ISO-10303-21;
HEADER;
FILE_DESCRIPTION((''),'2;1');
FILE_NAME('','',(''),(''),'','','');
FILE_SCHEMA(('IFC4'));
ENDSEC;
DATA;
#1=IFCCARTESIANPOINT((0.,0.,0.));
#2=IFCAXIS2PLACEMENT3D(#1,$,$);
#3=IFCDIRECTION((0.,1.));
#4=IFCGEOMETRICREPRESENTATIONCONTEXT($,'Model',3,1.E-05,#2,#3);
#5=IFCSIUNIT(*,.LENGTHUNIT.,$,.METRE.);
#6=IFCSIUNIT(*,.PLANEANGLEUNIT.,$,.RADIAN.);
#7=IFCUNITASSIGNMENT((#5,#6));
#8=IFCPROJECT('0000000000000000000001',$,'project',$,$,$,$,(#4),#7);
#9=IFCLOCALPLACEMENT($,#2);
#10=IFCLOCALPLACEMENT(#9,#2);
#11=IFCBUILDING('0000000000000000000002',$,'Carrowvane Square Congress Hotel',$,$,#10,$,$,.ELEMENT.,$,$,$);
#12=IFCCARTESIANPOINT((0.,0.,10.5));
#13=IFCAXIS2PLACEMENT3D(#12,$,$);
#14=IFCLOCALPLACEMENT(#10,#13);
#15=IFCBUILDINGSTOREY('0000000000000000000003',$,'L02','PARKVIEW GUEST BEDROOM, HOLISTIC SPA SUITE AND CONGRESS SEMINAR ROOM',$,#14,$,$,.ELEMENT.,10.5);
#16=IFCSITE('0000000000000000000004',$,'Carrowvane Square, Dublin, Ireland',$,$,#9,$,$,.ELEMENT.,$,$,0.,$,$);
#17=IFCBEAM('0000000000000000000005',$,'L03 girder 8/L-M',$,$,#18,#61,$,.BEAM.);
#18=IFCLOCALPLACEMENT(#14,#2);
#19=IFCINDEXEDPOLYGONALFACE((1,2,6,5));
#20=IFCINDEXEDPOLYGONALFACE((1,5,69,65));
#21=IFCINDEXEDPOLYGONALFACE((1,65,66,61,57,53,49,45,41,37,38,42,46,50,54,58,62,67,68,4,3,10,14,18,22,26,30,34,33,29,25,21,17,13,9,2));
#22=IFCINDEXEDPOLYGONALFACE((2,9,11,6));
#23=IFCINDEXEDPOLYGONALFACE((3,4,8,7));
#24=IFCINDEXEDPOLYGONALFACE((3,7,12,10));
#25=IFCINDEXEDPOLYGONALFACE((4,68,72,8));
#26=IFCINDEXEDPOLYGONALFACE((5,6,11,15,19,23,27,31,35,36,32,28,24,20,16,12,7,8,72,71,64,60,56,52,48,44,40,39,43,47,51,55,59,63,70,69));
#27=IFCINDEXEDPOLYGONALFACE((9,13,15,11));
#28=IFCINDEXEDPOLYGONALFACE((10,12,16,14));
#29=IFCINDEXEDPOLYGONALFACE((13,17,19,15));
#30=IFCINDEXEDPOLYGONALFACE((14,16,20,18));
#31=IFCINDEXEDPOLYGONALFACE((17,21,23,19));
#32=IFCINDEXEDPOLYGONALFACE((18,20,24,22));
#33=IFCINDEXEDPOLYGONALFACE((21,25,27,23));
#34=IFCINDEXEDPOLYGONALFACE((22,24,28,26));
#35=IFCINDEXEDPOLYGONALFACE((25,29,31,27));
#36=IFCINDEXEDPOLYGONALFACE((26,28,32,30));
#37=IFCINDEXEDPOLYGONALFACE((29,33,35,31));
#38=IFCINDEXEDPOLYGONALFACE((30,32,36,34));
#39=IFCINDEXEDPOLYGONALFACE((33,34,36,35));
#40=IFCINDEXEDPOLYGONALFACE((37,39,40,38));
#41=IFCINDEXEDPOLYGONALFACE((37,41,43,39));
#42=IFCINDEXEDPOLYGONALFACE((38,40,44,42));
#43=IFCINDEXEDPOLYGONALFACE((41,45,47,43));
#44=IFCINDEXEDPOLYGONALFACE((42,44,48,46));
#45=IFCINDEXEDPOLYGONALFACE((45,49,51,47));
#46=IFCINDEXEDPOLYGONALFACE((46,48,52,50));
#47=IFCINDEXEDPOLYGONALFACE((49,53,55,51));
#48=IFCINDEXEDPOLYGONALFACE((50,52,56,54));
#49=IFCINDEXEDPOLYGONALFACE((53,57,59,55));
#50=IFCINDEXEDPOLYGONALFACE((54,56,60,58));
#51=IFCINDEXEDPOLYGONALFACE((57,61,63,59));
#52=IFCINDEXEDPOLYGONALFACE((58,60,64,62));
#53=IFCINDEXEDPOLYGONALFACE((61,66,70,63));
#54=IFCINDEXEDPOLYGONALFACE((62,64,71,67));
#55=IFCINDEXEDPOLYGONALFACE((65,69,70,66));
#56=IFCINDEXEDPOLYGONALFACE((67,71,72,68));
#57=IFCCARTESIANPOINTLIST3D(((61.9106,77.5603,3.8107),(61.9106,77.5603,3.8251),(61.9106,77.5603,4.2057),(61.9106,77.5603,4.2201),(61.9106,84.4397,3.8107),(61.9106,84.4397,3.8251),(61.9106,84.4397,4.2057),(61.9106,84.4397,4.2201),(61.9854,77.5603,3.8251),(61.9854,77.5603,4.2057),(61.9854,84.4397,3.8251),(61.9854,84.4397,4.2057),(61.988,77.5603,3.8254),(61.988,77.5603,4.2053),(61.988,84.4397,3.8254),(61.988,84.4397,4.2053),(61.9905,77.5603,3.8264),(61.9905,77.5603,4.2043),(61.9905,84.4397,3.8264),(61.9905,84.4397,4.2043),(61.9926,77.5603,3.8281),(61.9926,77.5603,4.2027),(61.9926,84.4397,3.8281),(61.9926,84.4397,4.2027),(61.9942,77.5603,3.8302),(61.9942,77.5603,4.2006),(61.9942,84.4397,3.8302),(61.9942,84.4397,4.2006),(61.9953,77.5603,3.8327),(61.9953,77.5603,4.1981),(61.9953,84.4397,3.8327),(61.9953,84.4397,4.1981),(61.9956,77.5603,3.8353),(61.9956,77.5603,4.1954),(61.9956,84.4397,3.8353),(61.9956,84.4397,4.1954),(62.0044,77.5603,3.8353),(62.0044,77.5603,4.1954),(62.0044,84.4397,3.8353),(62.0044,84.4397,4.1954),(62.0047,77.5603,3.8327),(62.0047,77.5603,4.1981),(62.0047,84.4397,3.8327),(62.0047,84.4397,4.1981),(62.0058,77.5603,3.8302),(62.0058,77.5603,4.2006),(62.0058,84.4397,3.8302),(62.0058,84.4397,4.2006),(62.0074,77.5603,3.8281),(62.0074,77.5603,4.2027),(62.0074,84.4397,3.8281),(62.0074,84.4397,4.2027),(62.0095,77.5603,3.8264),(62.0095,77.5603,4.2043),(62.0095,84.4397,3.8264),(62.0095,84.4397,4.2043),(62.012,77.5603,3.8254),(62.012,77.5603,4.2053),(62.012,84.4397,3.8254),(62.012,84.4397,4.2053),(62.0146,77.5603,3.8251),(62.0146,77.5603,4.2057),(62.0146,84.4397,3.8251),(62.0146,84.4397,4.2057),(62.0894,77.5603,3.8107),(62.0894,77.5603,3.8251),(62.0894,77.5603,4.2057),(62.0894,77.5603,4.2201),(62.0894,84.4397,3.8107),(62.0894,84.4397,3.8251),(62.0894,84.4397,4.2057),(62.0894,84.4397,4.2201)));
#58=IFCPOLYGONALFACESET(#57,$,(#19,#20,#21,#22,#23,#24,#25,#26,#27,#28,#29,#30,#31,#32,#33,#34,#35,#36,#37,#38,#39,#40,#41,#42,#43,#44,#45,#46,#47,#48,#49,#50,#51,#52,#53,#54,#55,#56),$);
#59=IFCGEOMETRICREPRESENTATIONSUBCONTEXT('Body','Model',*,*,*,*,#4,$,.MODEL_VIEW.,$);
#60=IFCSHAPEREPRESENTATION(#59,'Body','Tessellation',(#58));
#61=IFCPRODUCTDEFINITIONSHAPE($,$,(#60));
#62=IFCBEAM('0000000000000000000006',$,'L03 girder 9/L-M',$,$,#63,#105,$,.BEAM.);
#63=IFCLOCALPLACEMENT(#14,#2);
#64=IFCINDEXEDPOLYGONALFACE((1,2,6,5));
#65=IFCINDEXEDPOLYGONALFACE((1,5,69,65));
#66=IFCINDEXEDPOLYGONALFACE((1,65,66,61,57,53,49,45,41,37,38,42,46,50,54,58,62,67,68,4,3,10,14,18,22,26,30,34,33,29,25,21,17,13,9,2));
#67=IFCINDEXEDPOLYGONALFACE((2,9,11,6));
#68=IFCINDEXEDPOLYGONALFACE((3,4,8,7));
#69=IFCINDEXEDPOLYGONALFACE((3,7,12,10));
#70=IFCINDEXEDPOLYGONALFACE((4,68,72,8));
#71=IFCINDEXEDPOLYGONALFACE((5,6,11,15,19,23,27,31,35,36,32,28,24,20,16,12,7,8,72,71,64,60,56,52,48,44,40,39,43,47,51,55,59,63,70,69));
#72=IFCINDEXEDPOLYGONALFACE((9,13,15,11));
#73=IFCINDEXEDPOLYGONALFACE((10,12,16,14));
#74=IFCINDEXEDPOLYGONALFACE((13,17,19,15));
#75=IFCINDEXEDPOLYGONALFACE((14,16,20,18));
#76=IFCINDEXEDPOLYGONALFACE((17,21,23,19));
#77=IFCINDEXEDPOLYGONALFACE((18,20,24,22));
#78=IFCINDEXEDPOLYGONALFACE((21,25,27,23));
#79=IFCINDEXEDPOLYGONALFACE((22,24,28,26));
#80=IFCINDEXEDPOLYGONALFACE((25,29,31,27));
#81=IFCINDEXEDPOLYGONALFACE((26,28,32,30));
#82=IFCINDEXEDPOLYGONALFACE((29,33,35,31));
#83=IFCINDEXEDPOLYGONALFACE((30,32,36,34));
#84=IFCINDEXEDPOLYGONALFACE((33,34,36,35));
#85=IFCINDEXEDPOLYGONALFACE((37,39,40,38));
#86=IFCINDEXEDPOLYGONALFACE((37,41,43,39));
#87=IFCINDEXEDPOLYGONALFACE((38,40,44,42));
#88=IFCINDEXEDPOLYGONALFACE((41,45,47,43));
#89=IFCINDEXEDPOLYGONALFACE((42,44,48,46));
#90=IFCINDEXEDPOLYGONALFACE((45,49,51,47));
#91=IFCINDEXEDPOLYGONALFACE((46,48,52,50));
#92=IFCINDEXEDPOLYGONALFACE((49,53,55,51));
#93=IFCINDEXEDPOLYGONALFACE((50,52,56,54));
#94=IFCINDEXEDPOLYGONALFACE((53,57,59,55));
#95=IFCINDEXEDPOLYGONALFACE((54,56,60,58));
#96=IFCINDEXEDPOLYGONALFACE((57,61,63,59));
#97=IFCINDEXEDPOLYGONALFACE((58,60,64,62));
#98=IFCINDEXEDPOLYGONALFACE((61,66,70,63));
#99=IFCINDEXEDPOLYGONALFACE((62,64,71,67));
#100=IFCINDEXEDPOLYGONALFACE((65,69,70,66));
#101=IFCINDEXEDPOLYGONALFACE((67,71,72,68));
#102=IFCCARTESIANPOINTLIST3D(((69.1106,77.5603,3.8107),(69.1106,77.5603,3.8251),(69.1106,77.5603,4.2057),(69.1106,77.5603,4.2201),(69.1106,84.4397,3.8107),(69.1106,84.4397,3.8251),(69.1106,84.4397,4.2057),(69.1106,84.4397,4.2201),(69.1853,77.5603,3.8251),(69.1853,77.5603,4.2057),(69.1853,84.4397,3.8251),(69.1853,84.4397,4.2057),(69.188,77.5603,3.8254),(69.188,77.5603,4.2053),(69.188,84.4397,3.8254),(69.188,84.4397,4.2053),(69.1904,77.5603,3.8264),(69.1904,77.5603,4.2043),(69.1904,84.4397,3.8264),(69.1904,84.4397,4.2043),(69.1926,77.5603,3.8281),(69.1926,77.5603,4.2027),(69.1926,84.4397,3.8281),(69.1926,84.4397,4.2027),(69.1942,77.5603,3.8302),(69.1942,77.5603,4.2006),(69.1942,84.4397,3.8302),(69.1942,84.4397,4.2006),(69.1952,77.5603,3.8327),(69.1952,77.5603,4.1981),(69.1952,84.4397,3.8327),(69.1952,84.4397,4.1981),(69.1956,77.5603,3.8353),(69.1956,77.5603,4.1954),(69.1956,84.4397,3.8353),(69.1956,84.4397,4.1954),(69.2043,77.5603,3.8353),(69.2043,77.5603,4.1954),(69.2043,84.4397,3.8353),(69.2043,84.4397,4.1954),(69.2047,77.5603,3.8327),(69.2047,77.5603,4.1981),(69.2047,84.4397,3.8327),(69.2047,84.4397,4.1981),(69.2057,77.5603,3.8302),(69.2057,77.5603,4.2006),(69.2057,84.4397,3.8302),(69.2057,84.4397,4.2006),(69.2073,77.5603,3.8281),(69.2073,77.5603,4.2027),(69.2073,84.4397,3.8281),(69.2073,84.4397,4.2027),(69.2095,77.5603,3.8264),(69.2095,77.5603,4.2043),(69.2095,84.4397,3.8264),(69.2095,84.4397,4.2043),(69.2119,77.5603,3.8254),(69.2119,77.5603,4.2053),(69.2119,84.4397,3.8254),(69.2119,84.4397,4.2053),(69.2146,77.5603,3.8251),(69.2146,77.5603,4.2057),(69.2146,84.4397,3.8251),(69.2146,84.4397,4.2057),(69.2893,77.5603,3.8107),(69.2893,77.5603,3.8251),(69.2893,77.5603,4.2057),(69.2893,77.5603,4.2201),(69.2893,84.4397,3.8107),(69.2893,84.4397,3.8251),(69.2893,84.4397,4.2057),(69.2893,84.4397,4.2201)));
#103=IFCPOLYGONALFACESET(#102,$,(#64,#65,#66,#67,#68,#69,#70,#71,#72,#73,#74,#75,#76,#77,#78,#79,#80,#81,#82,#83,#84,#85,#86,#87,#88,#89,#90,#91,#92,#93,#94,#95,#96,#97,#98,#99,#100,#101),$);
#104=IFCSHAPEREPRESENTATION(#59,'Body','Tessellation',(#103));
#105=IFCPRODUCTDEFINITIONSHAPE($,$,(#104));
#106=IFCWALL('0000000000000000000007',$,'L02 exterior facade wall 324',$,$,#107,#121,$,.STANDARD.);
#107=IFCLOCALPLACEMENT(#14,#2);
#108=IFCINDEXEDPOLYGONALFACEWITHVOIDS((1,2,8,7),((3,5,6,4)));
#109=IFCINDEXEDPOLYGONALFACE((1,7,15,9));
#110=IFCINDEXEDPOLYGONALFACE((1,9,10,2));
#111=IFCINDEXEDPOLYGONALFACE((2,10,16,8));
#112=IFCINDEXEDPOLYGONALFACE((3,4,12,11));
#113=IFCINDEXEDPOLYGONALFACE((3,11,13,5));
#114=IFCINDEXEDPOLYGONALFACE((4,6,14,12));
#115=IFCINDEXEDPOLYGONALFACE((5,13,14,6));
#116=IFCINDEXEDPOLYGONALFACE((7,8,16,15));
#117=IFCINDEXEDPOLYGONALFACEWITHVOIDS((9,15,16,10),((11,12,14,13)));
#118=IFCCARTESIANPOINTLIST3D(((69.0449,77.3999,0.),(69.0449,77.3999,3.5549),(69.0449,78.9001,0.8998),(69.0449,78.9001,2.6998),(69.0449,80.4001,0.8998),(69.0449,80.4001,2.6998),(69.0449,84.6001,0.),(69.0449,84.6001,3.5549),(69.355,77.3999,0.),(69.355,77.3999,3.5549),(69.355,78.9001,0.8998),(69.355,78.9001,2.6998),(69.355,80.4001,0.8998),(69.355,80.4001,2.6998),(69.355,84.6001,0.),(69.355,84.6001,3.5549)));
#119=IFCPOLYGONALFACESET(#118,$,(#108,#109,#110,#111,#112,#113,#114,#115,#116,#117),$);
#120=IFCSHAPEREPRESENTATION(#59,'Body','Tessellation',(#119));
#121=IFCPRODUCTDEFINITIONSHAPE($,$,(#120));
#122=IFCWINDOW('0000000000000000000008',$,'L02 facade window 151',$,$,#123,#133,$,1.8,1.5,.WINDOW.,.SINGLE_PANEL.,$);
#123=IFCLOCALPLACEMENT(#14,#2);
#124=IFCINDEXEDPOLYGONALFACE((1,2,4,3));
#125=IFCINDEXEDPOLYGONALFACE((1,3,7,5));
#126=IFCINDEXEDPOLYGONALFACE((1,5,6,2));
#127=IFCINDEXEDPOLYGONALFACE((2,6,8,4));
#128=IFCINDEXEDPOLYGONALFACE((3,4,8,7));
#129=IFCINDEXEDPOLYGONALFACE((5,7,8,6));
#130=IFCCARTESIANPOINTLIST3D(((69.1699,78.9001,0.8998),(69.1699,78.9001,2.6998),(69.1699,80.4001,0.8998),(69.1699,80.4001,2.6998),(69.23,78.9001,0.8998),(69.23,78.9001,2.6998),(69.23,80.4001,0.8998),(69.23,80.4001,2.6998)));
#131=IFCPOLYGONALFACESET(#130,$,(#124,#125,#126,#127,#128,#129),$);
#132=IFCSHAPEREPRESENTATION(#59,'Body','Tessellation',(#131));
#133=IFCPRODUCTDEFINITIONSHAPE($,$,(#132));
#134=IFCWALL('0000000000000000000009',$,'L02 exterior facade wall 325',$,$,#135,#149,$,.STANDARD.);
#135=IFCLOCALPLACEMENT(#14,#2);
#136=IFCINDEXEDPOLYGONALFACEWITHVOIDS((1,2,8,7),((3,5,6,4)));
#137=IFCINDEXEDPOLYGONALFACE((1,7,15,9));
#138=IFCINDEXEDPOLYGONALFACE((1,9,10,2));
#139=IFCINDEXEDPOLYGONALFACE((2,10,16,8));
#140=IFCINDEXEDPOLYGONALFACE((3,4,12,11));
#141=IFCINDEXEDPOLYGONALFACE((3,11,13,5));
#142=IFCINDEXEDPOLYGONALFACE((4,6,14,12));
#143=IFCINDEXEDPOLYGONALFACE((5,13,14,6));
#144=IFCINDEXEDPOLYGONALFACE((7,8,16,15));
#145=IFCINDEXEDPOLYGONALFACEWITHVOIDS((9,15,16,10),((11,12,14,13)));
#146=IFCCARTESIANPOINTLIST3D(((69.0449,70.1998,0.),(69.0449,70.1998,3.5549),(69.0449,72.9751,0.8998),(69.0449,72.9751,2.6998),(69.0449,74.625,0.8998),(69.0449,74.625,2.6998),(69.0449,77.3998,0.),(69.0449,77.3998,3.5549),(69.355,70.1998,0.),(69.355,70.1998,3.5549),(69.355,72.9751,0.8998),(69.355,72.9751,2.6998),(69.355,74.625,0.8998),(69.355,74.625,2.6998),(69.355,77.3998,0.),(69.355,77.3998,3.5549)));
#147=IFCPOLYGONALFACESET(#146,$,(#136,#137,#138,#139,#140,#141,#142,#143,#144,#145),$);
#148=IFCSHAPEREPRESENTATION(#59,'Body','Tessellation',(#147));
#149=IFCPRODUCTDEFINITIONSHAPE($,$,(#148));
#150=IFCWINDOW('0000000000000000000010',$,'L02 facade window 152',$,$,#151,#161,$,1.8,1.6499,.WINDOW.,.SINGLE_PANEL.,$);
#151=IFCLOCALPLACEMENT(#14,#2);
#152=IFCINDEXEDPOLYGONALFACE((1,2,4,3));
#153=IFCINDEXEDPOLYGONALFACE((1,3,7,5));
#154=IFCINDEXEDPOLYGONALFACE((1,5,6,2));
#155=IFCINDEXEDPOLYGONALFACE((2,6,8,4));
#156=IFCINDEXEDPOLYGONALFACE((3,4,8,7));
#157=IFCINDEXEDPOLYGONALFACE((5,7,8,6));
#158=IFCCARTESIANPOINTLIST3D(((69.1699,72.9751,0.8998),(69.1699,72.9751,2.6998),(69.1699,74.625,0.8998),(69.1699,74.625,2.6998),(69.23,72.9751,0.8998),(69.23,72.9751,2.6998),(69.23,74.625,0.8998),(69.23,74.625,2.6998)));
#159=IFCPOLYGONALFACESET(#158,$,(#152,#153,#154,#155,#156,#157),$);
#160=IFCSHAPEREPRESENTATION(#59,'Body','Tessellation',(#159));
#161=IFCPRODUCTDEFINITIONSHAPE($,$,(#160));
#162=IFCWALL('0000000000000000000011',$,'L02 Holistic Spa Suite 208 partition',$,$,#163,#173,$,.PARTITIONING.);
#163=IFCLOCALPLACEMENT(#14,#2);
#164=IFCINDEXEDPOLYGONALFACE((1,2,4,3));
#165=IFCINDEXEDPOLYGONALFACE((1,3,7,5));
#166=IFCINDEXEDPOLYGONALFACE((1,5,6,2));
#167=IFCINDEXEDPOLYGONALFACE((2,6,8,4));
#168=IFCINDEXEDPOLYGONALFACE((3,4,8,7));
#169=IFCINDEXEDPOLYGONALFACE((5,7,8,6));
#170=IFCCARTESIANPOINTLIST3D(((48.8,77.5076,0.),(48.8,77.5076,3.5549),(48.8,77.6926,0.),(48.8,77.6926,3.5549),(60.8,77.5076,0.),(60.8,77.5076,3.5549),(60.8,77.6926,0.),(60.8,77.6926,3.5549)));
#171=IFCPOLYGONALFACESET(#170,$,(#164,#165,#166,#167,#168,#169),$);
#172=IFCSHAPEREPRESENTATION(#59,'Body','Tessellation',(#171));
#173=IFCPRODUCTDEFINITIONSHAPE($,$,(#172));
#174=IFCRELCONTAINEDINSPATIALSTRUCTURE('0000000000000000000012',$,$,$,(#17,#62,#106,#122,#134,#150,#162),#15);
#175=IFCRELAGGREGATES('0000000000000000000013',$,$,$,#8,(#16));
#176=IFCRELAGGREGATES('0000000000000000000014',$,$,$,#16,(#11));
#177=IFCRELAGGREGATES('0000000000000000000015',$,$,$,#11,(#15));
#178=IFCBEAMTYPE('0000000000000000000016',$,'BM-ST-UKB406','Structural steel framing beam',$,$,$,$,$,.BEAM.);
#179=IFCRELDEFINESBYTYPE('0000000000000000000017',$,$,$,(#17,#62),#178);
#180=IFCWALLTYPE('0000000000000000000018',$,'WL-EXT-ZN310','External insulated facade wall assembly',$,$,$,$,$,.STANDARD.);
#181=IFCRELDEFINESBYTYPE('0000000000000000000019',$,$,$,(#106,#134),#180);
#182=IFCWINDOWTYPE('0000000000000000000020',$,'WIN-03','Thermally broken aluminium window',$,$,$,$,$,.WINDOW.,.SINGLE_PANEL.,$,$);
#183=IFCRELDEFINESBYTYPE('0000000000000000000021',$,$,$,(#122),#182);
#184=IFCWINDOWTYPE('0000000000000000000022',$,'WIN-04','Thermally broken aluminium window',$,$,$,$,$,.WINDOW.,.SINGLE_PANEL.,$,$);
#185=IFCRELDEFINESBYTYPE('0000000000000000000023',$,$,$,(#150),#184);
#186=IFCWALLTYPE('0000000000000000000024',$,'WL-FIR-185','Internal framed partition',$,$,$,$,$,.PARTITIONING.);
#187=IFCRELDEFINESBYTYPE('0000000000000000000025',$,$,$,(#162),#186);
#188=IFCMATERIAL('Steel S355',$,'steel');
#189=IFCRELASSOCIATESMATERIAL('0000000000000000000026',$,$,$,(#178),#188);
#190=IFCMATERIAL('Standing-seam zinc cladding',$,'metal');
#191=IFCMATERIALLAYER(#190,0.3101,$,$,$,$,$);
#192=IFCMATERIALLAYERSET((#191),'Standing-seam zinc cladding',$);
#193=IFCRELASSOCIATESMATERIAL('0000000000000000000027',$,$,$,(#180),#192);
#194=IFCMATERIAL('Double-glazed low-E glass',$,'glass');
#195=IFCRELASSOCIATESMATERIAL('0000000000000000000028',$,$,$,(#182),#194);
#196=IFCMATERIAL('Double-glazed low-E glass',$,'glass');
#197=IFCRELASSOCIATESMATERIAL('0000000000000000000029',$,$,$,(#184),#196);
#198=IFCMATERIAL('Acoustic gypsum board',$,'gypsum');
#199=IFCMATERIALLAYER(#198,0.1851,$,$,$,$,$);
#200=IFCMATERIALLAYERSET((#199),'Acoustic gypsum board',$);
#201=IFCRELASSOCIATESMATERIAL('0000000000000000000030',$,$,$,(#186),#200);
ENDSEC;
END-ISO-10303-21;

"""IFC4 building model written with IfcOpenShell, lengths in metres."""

from ifc_helpers import new_model, si_unit, direction, frame, frame_2d, origin, origin_2d, place, context, subcontext, project, spatial, rectangle, i_section, extrude, material, layer, layer_set, material_profile, profile_set, type_object, element, fill, save


model = new_model("IFC4")

# Units and contexts
model_context = context("Model", 3, precision=1e-05, world=origin(), true_north=direction((0.0, 1.0)))
body_context = subcontext(model_context, "Body", "Model", "MODEL_VIEW")
ifc_project = project(units=[si_unit("LENGTHUNIT", "METRE"), si_unit("PLANEANGLEUNIT", "RADIAN")], contexts=[model_context])

# Site, building, storey
site_placement = place(None, origin())
site = spatial("IfcSite", under=ifc_project, at=site_placement, Name="Carrowvane Square, Dublin, Ireland", CompositionType="ELEMENT", RefElevation=0.0)
building_placement = place(site_placement, origin())
building = spatial("IfcBuilding", under=site, at=building_placement, Name="Carrowvane Square Congress Hotel", CompositionType="ELEMENT")
storey_placement = place(building_placement, frame((0.0, 0.0, 10.5)))
storey = spatial("IfcBuildingStorey", under=building, at=storey_placement, Name="L02", Description="PARKVIEW GUEST BEDROOM, HOLISTIC SPA SUITE AND CONGRESS SEMINAR ROOM", CompositionType="ELEMENT", Elevation=10.5)

# Beams
ifc_material_1 = material(Name="Steel S355", Category="steel")
ifc_material_profile_1 = material_profile(ifc_material_1, i_section(OverallWidth=0.1787, OverallDepth=0.4094, WebThickness=0.0088, FlangeThickness=0.0144, FilletRadius=0.0103, at=origin_2d()), Name="UKB 406x178x67")
ifc_profile_set_1 = profile_set([ifc_material_profile_1], Name="Steel S355")
beam_type_1 = type_object("IfcBeamType", Name="BM-ST-UKB406", Description="Structural steel framing beam", PredefinedType="BEAM", material=ifc_profile_set_1)
for number, where, z_axis, x_axis, name in (
    (1, (62.0, 77.5603, 4.0154), (0.0, 1.0, 0.0), (-1.0, 0.0, 0.0), "L03 girder 8/L-M"),
    (2, (69.2, 77.5603, 4.0154), (0.0, 1.0, 0.0), (-1.0, 0.0, 0.0), "L03 girder 9/L-M"),
):
    element("IfcBeam", number, at=place(storey_placement, frame(where, z_axis=z_axis, x_axis=x_axis)), inside=storey, type_object=beam_type_1, Name=name, PredefinedType="BEAM", context=body_context, shape_type="SweptSolid", body=[
        extrude(i_section(OverallWidth=0.1787, OverallDepth=0.4094, WebThickness=0.0088, FlangeThickness=0.0144, FilletRadius=0.0103, at=origin_2d()), origin(), (0.0, 0.0, 1.0), 6.8794),
    ])

# Walls, openings, windows
ifc_material_2 = material(Name="Standing-seam zinc cladding", Category="metal")
ifc_layer_1 = layer(ifc_material_2, 0.3101)
ifc_layer_set_1 = layer_set([ifc_layer_1], Name="Standing-seam zinc cladding")
wall_type_1 = type_object("IfcWallType", Name="WL-EXT-ZN310", Description="External insulated facade wall assembly", PredefinedType="STANDARD", material=ifc_layer_set_1)
wall_1_placement = place(storey_placement, frame((69.2, 84.6001, 0.0), z_axis=(0.0, 0.0, 1.0), x_axis=(0.0, -1.0, 0.0)))
wall_1 = element("IfcWall", 3, at=wall_1_placement, inside=storey, type_object=wall_type_1, Name="L02 exterior facade wall 324", PredefinedType="STANDARD", context=body_context, shape_type="SweptSolid", body=[
    extrude(rectangle(XDim=7.2002, YDim=0.3101, at=frame_2d((3.6001, 0.0))), origin(), (0.0, 0.0, 1.0), 3.5549),
])
opening_1_placement = place(wall_1_placement, frame((4.2, 0.0, 0.8999)))
opening_1 = element("IfcOpeningElement", 4, at=opening_1_placement, cuts=wall_1, PredefinedType="OPENING", context=body_context, shape_type="SweptSolid", body=[
    extrude(rectangle(XDim=1.5, YDim=1.8, at=frame_2d((0.75, 0.8999))), frame((0.0, 0.165, 0.0), z_axis=(0.0, -1.0, 0.0), x_axis=(1.0, 0.0, 0.0)), (0.0, 0.0, 1.0), 0.3301),
])
ifc_material_3 = material(Name="Double-glazed low-E glass", Category="glass")
window_type_1 = type_object("IfcWindowType", Name="WIN-03", Description="Thermally broken aluminium window", PartitioningType="SINGLE_PANEL", PredefinedType="WINDOW", material=ifc_material_3)
window_1_placement = place(opening_1_placement, origin())
window_1 = element("IfcWindow", 5, at=window_1_placement, inside=storey, type_object=window_type_1, Name="L02 facade window 151", OverallHeight=1.8, OverallWidth=1.5, PartitioningType="SINGLE_PANEL", PredefinedType="WINDOW", context=body_context, shape_type="SweptSolid", body=[
    extrude(rectangle(XDim=1.5, YDim=1.8, at=frame_2d((0.75, 0.8999))), frame((0.0, 0.03, 0.0), z_axis=(0.0, -1.0, 0.0), x_axis=(1.0, 0.0, 0.0)), (0.0, 0.0, 1.0), 0.0601),
])
fill(opening_1, window_1)
wall_2_placement = place(storey_placement, frame((69.2, 77.3999, 0.0), z_axis=(0.0, 0.0, 1.0), x_axis=(0.0, -1.0, 0.0)))
wall_2 = element("IfcWall", 6, at=wall_2_placement, inside=storey, type_object=wall_type_1, Name="L02 exterior facade wall 325", PredefinedType="STANDARD", context=body_context, shape_type="SweptSolid", body=[
    extrude(rectangle(XDim=7.2, YDim=0.3101, at=frame_2d((3.6001, 0.0))), origin(), (0.0, 0.0, 1.0), 3.5549),
])
opening_2_placement = place(wall_2_placement, frame((2.7749, 0.0, 0.8999)))
opening_2 = element("IfcOpeningElement", 7, at=opening_2_placement, cuts=wall_2, PredefinedType="OPENING", context=body_context, shape_type="SweptSolid", body=[
    extrude(rectangle(XDim=1.6499, YDim=1.8, at=frame_2d((0.825, 0.8999))), frame((0.0, 0.165, 0.0), z_axis=(0.0, -1.0, 0.0), x_axis=(1.0, 0.0, 0.0)), (0.0, 0.0, 1.0), 0.3301),
])
ifc_material_4 = material(Name="Double-glazed low-E glass", Category="glass")
window_type_2 = type_object("IfcWindowType", Name="WIN-04", Description="Thermally broken aluminium window", PartitioningType="SINGLE_PANEL", PredefinedType="WINDOW", material=ifc_material_4)
window_2_placement = place(opening_2_placement, origin())
window_2 = element("IfcWindow", 8, at=window_2_placement, inside=storey, type_object=window_type_2, Name="L02 facade window 152", OverallHeight=1.8, OverallWidth=1.6499, PartitioningType="SINGLE_PANEL", PredefinedType="WINDOW", context=body_context, shape_type="SweptSolid", body=[
    extrude(rectangle(XDim=1.6499, YDim=1.8, at=frame_2d((0.825, 0.8999))), frame((0.0, 0.03, 0.0), z_axis=(0.0, -1.0, 0.0), x_axis=(1.0, 0.0, 0.0)), (0.0, 0.0, 1.0), 0.0601),
])
fill(opening_2, window_2)

# Wall
ifc_material_5 = material(Name="Acoustic gypsum board", Category="gypsum")
ifc_layer_2 = layer(ifc_material_5, 0.1851)
ifc_layer_set_2 = layer_set([ifc_layer_2], Name="Acoustic gypsum board")
wall_type_2 = type_object("IfcWallType", Name="WL-FIR-185", Description="Internal framed partition", PredefinedType="PARTITIONING", material=ifc_layer_set_2)
wall_3_placement = place(storey_placement, frame((60.8, 77.6001, 0.0), z_axis=(0.0, 0.0, 1.0), x_axis=(-1.0, 0.0, 0.0)))
element("IfcWall", 9, at=wall_3_placement, inside=storey, type_object=wall_type_2, Name="L02 Holistic Spa Suite 208 partition", PredefinedType="PARTITIONING", context=body_context, shape_type="SweptSolid", body=[
    extrude(rectangle(XDim=12.0, YDim=0.1851, at=frame_2d((6.0, 0.0))), origin(), (0.0, 0.0, 1.0), 3.5549),
])

save(model, "model.ifc")
